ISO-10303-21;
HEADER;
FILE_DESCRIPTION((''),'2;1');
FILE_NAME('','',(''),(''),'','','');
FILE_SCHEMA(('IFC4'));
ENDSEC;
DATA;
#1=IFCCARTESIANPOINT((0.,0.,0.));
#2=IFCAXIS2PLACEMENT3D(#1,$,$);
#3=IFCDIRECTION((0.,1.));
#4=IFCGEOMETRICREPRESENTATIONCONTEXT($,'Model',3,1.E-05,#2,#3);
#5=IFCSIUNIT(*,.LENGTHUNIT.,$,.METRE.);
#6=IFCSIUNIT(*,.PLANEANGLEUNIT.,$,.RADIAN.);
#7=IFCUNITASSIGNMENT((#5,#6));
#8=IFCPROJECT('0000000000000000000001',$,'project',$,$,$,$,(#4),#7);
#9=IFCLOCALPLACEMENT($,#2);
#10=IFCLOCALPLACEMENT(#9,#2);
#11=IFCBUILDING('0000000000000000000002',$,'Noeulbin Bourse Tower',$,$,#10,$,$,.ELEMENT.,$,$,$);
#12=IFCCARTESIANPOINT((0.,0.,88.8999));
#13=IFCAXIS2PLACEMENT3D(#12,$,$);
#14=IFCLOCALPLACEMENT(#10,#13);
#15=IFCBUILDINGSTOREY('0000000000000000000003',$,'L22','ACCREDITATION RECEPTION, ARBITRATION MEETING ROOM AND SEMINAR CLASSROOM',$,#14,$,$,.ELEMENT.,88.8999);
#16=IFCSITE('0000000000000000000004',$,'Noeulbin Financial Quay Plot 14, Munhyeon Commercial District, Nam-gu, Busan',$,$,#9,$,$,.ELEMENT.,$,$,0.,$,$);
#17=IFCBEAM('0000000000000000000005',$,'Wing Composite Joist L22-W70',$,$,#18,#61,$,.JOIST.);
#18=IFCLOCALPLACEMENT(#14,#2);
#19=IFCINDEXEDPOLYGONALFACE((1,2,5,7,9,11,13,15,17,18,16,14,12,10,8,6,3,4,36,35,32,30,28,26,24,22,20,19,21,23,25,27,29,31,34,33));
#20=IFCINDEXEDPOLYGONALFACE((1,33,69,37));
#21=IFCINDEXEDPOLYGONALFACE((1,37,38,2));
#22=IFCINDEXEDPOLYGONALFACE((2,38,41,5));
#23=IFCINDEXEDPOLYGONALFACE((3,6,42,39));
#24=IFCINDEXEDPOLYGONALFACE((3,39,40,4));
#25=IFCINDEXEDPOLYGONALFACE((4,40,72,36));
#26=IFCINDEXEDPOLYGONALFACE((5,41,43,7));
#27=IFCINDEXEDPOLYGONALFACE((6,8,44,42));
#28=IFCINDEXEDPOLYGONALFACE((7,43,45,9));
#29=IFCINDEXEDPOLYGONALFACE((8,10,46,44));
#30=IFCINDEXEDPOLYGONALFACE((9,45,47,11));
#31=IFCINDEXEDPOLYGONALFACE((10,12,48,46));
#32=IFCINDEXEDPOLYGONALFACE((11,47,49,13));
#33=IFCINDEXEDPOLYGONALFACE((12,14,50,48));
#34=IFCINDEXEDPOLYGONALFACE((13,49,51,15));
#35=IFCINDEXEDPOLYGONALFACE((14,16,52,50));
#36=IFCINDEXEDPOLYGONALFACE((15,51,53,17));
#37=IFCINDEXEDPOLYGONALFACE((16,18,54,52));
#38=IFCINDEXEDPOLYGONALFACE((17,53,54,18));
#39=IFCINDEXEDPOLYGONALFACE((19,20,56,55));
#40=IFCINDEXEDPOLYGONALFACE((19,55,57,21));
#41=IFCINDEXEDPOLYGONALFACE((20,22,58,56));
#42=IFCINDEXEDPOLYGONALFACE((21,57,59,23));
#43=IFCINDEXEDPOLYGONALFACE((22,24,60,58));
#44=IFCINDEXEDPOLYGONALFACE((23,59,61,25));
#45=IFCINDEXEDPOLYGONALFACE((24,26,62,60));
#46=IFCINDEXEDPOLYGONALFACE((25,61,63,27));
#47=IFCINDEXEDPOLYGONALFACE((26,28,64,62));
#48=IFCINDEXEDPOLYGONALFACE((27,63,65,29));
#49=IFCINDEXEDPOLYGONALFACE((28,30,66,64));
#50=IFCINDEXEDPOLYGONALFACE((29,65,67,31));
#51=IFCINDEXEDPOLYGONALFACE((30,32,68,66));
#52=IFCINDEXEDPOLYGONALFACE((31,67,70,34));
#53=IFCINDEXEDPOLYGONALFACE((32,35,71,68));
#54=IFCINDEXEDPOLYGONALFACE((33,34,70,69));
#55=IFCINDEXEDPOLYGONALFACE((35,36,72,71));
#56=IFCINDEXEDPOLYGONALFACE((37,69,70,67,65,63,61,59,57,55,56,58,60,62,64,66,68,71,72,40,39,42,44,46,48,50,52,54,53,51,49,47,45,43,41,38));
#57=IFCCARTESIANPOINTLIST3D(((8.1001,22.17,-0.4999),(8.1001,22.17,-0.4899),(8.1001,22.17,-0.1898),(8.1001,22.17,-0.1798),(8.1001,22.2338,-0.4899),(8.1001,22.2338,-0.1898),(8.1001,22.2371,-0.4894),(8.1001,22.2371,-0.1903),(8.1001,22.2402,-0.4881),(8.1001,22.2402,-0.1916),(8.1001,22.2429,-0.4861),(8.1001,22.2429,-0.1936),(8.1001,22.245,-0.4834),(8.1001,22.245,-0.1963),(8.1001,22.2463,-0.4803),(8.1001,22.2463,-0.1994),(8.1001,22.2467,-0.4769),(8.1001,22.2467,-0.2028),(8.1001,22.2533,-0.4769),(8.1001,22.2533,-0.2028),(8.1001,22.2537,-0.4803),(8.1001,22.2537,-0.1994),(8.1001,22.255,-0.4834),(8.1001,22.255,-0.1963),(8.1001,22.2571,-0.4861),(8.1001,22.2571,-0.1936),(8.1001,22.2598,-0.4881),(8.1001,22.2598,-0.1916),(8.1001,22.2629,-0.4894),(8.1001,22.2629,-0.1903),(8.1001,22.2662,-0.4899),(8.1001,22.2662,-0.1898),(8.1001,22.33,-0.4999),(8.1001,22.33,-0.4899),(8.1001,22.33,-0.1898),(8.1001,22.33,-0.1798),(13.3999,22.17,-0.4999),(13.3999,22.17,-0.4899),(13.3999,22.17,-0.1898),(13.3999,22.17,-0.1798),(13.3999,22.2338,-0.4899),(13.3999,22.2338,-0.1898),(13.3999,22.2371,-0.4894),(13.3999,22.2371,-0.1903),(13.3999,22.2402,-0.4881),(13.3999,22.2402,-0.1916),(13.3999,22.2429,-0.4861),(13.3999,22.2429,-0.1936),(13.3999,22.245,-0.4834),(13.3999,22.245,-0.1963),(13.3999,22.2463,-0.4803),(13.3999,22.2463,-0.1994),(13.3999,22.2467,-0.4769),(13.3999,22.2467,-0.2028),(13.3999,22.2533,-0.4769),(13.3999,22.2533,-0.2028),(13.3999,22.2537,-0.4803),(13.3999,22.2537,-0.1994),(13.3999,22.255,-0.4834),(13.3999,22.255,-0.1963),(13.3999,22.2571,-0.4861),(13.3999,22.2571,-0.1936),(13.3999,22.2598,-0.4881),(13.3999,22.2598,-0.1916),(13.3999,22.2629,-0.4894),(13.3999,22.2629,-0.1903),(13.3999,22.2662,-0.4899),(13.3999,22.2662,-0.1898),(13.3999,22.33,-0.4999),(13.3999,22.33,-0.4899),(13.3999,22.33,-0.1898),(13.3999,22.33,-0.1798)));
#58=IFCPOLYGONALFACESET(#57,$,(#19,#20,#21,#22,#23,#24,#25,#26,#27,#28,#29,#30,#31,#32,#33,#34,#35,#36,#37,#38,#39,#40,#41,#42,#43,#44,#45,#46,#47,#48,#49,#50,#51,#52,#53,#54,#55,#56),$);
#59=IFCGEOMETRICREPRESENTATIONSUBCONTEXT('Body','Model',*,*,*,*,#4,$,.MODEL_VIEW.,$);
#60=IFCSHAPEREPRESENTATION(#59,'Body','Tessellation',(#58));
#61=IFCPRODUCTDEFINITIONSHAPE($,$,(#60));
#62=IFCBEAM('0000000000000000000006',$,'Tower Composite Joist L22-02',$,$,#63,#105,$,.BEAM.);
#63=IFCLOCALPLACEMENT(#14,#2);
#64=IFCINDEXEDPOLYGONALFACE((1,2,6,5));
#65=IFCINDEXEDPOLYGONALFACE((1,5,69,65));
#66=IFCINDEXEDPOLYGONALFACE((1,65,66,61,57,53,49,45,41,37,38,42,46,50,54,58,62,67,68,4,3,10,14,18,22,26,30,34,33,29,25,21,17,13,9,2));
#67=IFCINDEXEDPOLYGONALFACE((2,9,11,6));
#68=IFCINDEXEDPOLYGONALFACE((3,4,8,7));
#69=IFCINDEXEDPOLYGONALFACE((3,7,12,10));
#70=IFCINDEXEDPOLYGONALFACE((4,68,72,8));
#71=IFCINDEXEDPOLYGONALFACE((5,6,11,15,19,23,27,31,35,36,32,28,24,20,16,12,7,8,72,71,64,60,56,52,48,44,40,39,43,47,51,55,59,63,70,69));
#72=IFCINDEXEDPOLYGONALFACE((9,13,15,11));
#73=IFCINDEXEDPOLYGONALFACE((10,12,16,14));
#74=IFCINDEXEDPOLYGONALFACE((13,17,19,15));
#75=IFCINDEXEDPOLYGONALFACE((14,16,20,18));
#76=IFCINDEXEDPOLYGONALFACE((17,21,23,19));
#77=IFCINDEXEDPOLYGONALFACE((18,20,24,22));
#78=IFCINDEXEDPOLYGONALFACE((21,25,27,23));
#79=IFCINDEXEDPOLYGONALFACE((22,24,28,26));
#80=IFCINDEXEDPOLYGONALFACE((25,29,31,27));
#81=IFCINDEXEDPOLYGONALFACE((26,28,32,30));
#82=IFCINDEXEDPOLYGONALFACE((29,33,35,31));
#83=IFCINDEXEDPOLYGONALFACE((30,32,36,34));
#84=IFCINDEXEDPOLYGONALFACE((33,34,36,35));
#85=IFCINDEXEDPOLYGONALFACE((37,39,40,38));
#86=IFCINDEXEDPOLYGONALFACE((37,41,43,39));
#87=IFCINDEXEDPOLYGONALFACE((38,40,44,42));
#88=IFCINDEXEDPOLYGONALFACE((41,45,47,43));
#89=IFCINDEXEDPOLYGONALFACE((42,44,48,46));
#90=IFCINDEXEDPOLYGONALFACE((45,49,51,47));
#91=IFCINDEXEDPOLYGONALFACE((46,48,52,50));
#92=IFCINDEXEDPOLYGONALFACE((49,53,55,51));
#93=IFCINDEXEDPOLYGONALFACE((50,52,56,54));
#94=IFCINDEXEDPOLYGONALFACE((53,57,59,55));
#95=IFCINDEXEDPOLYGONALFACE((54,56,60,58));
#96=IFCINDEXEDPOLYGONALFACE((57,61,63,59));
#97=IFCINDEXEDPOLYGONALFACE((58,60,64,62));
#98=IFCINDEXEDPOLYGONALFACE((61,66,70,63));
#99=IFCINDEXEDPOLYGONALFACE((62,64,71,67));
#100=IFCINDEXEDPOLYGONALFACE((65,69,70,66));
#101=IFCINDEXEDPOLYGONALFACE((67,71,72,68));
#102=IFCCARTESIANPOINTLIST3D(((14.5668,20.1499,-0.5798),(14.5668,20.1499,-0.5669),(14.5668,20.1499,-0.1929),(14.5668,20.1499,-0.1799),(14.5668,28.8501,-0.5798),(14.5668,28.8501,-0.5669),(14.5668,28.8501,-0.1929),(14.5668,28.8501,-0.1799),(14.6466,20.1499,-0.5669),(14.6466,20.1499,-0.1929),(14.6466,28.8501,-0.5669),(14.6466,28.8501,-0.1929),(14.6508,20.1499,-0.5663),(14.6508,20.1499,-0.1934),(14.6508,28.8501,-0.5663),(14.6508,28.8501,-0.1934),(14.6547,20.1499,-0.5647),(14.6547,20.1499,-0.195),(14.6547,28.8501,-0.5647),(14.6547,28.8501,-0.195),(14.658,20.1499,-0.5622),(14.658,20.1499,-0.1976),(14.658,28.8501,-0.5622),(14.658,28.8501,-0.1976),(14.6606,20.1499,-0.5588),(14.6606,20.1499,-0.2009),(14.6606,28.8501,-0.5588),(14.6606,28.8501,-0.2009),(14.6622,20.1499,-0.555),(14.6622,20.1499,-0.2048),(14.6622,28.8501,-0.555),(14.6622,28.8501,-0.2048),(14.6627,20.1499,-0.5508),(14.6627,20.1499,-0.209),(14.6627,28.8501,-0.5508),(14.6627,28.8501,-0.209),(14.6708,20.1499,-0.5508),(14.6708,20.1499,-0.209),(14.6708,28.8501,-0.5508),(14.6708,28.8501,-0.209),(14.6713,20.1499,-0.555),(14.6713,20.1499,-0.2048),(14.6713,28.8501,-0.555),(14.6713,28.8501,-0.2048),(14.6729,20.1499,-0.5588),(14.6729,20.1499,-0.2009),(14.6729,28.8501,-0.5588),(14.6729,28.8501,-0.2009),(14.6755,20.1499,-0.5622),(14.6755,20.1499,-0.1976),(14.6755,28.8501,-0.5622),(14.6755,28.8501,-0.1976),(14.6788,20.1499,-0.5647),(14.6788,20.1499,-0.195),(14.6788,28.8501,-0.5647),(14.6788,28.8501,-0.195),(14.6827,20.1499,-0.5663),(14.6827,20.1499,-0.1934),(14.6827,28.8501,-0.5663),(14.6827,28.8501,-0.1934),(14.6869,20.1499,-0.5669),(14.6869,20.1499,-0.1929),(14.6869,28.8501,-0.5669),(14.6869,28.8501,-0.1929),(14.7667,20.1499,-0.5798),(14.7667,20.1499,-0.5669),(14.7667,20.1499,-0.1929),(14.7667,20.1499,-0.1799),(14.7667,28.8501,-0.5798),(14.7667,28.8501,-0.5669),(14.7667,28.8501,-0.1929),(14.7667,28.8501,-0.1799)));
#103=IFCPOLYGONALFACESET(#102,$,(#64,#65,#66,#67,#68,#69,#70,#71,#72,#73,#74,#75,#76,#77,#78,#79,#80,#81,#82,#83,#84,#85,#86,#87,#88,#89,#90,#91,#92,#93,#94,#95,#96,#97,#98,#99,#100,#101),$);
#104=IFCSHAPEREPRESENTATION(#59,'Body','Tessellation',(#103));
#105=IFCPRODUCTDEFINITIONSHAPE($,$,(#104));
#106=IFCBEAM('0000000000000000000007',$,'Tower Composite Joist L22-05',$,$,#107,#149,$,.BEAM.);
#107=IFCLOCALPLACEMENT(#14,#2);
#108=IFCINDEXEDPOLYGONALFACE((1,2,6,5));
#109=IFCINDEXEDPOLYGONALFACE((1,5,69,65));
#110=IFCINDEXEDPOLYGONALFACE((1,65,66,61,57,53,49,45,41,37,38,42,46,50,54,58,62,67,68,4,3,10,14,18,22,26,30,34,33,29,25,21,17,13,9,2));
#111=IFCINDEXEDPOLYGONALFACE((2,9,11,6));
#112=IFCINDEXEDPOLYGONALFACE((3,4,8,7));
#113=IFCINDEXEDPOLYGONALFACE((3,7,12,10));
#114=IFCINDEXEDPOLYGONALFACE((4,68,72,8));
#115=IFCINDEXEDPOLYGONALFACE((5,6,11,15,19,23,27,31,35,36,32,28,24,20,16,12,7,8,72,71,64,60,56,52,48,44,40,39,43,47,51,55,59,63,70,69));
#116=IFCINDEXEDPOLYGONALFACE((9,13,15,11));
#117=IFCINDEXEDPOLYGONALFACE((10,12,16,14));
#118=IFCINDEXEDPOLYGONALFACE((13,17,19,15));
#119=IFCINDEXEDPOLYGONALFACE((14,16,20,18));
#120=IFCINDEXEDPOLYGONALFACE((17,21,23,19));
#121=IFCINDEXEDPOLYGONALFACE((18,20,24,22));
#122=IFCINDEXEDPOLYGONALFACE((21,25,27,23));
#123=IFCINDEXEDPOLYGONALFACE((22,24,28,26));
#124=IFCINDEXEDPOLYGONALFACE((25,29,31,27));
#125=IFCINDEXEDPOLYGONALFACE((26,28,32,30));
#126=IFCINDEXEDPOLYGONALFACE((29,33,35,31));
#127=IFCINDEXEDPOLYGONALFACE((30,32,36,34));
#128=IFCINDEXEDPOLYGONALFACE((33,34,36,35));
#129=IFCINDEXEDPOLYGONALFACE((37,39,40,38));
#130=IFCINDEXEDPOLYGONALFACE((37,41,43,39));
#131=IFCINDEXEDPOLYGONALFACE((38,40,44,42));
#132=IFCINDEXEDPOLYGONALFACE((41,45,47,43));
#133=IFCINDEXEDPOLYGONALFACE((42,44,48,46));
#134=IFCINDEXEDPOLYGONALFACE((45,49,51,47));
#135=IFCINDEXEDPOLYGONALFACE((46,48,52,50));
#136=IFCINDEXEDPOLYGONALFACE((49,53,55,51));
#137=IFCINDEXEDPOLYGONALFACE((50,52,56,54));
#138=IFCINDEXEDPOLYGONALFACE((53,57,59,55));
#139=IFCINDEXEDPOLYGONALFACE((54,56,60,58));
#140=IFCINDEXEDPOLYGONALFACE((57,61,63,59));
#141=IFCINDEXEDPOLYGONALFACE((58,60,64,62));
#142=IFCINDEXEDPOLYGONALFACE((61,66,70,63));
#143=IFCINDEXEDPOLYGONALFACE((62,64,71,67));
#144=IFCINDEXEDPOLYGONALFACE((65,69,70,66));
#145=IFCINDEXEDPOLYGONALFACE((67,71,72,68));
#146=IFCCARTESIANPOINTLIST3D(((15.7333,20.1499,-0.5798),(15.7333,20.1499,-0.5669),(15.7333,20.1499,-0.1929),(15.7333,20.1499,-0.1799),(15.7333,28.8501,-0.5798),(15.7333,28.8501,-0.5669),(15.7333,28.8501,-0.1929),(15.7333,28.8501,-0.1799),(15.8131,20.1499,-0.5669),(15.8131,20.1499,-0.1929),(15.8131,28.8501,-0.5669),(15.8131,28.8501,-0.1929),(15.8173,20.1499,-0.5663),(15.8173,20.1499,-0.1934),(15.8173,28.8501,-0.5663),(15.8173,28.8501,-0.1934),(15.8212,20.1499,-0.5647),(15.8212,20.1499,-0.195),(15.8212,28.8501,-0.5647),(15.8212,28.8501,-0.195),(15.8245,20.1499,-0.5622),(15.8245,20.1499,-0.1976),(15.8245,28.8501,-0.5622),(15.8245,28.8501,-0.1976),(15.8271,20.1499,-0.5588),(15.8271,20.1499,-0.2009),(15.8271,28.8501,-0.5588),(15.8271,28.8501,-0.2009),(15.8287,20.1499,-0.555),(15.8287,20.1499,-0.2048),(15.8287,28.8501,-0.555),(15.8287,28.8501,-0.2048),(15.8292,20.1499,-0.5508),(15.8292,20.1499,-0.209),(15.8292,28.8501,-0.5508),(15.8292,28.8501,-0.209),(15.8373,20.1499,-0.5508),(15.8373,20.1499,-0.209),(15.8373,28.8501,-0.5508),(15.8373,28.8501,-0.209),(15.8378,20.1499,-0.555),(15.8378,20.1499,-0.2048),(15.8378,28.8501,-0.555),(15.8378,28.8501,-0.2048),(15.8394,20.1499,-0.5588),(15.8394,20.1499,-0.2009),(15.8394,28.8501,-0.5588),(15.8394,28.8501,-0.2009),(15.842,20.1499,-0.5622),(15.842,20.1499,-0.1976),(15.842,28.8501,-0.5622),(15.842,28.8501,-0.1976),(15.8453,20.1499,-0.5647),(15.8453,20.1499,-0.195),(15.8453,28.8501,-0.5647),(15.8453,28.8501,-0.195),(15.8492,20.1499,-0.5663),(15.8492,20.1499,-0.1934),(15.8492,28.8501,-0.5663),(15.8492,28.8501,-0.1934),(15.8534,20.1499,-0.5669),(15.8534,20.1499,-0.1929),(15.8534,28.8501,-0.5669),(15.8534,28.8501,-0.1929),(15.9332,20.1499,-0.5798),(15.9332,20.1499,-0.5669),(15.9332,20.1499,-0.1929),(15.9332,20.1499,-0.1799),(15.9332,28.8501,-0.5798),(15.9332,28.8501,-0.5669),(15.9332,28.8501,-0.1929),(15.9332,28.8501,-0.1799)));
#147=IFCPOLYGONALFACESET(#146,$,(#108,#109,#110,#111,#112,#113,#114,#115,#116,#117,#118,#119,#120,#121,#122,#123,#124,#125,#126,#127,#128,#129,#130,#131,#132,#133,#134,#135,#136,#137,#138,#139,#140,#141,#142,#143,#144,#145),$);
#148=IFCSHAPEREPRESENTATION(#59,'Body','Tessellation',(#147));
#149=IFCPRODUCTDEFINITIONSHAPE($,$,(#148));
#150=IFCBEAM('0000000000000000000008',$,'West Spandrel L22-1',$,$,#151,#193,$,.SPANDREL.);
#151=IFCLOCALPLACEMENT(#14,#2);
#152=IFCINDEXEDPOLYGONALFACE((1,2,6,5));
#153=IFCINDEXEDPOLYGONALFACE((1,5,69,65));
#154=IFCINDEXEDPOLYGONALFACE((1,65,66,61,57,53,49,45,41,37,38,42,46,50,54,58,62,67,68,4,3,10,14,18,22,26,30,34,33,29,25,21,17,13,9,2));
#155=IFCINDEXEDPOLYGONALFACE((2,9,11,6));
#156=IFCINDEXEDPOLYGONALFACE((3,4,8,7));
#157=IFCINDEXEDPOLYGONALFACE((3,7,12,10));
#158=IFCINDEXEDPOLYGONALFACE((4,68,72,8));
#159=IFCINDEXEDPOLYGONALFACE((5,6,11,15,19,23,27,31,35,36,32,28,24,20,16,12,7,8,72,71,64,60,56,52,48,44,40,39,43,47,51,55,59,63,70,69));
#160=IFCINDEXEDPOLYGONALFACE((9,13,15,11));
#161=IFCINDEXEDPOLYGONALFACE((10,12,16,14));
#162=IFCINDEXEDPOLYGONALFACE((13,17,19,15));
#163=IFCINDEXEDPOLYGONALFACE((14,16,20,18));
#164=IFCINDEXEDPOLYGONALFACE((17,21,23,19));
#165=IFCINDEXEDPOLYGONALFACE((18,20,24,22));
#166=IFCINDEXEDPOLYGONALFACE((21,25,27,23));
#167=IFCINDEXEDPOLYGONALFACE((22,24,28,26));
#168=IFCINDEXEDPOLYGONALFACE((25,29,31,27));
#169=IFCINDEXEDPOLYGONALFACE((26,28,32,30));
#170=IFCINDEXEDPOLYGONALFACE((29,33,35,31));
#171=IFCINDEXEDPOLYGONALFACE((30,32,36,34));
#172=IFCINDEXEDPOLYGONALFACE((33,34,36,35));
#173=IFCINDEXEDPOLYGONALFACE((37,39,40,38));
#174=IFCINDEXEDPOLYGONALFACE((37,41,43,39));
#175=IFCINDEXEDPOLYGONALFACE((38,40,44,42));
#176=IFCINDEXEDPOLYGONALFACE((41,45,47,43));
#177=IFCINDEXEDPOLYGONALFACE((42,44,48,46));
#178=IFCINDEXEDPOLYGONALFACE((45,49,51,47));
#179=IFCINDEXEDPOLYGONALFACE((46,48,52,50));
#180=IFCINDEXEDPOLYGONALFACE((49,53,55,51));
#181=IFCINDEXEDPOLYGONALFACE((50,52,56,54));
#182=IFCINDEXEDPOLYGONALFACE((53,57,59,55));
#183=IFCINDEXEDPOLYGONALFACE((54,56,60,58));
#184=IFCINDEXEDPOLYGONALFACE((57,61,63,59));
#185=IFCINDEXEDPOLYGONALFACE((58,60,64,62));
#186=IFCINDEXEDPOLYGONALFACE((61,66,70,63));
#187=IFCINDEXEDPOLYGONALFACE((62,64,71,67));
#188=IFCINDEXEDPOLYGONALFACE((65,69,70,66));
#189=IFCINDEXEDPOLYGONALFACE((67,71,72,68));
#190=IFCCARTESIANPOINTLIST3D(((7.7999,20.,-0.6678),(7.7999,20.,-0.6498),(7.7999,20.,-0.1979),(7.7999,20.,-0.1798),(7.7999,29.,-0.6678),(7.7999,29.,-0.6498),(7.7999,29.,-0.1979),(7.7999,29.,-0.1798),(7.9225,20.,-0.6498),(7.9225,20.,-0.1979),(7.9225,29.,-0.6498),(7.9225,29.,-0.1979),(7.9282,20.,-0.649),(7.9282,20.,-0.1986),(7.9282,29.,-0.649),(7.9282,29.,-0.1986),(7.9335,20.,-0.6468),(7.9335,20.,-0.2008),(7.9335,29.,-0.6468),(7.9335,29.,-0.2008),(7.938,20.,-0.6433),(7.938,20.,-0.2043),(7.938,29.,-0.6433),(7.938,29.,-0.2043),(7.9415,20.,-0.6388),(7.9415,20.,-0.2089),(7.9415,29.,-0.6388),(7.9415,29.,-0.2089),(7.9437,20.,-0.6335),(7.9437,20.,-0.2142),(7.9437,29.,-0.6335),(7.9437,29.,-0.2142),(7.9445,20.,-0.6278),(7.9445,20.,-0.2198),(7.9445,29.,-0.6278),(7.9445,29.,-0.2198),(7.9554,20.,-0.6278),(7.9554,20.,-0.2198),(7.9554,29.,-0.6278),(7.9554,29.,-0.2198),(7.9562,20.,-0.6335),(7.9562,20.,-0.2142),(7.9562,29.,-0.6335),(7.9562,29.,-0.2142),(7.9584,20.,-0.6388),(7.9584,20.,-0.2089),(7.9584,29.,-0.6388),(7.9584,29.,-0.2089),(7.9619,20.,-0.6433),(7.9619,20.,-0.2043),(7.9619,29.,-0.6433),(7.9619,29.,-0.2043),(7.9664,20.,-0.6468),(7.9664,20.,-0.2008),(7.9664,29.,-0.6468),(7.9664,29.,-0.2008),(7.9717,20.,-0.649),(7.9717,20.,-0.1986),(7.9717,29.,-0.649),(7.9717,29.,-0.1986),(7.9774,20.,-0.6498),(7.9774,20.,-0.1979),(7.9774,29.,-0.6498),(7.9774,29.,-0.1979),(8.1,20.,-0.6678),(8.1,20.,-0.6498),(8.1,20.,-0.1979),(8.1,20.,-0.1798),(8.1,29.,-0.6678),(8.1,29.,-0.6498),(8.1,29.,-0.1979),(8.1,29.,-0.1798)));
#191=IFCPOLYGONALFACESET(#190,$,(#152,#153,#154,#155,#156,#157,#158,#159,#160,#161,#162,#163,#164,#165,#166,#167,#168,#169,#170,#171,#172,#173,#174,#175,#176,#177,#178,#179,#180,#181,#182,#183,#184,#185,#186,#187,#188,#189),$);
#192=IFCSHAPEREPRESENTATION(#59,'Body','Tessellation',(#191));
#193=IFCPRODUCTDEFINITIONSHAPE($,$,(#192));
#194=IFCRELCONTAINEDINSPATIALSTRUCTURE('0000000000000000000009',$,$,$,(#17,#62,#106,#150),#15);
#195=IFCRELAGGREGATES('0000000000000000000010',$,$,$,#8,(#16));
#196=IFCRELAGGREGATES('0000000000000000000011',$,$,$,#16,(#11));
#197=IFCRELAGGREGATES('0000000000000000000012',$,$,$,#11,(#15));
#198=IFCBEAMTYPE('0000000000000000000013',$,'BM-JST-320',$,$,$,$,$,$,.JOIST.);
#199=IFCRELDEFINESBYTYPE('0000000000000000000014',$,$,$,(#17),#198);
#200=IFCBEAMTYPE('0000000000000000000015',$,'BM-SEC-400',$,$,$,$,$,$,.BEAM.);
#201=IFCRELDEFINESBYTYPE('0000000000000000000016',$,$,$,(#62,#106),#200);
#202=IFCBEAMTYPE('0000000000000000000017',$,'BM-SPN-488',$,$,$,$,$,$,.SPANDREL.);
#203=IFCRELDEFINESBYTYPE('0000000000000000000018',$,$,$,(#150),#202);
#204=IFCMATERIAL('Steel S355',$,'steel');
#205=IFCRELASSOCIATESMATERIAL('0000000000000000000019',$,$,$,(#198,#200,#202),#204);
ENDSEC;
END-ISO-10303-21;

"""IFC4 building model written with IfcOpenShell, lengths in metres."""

from ifc_helpers import new_model, si_unit, direction, frame, origin, origin_2d, place, context, subcontext, project, spatial, i_section, extrude, material, material_profile, profile_set, type_object, element, save


model = new_model("IFC4")

# Units and contexts
model_context = context("Model", 3, precision=1e-05, world=origin(), true_north=direction((0.0, 1.0)))
body_context = subcontext(model_context, "Body", "Model", "MODEL_VIEW")
ifc_project = project(units=[si_unit("LENGTHUNIT", "METRE"), si_unit("PLANEANGLEUNIT", "RADIAN")], contexts=[model_context])

# Site, building, storey
site_placement = place(None, origin())
site = spatial("IfcSite", under=ifc_project, at=site_placement, Name="Noeulbin Financial Quay Plot 14, Munhyeon Commercial District, Nam-gu, Busan", CompositionType="ELEMENT", RefElevation=0.0)
building_placement = place(site_placement, origin())
building = spatial("IfcBuilding", under=site, at=building_placement, Name="Noeulbin Bourse Tower", CompositionType="ELEMENT")
storey_placement = place(building_placement, frame((0.0, 0.0, 88.8999)))
storey = spatial("IfcBuildingStorey", under=building, at=storey_placement, Name="L22", Description="ACCREDITATION RECEPTION, ARBITRATION MEETING ROOM AND SEMINAR CLASSROOM", CompositionType="ELEMENT", Elevation=88.8999)

# Beams
ifc_material_1 = material(Name="Steel S355", Category="steel")
ifc_material_profile_1 = material_profile(ifc_material_1, i_section(OverallWidth=0.1599, OverallDepth=0.3201, WebThickness=0.0066, FlangeThickness=0.01, FilletRadius=0.0129, at=origin_2d()), Name="H-320x160x6.5x10", Category="LoadBearing")
ifc_profile_set_1 = profile_set([ifc_material_profile_1], Name="Steel S355")
beam_type_1 = type_object("IfcBeamType", Name="BM-JST-320", PredefinedType="JOIST", material=ifc_profile_set_1)
beam_1_placement = place(storey_placement, frame((8.1001, 22.25, -0.3398), z_axis=(1.0, 0.0, 0.0), x_axis=(0.0, 1.0, 0.0)))
element("IfcBeam", 1, at=beam_1_placement, inside=storey, type_object=beam_type_1, Name="Wing Composite Joist L22-W70", PredefinedType="JOIST", context=body_context, shape_type="SweptSolid", body=[
    extrude(i_section(OverallWidth=0.1599, OverallDepth=0.3201, WebThickness=0.0066, FlangeThickness=0.01, FilletRadius=0.0129, at=origin_2d()), origin(), (0.0, 0.0, 1.0), 5.2998),
])
ifc_material_profile_2 = material_profile(ifc_material_1, i_section(OverallWidth=0.2, OverallDepth=0.3999, WebThickness=0.0081, FlangeThickness=0.0129, FilletRadius=0.0161, at=origin_2d()), Name="H-400x200x8x13", Category="LoadBearing")
ifc_profile_set_2 = profile_set([ifc_material_profile_2], Name="Steel S355")
beam_type_2 = type_object("IfcBeamType", Name="BM-SEC-400", PredefinedType="BEAM", material=ifc_profile_set_2)
for number, where, z_axis, x_axis, name in (
    (2, (14.6667, 20.1499, -0.3799), (0.0, 1.0, 0.0), (-1.0, 0.0, 0.0), "Tower Composite Joist L22-02"),
    (3, (15.8333, 20.1499, -0.3799), (0.0, 1.0, 0.0), (-1.0, 0.0, 0.0), "Tower Composite Joist L22-05"),
):
    element("IfcBeam", number, at=place(storey_placement, frame(where, z_axis=z_axis, x_axis=x_axis)), inside=storey, type_object=beam_type_2, Name=name, PredefinedType="BEAM", context=body_context, shape_type="SweptSolid", body=[
        extrude(i_section(OverallWidth=0.2, OverallDepth=0.3999, WebThickness=0.0081, FlangeThickness=0.0129, FilletRadius=0.0161, at=origin_2d()), origin(), (0.0, 0.0, 1.0), 8.7002),
    ])
ifc_material_profile_3 = material_profile(ifc_material_1, i_section(OverallWidth=0.3, OverallDepth=0.488, WebThickness=0.011, FlangeThickness=0.0181, FilletRadius=0.022, at=origin_2d()), Name="H-488x300x11x18", Category="LoadBearing")
ifc_profile_set_3 = profile_set([ifc_material_profile_3], Name="Steel S355")
beam_type_3 = type_object("IfcBeamType", Name="BM-SPN-488", PredefinedType="SPANDREL", material=ifc_profile_set_3)
beam_2_placement = place(storey_placement, frame((7.95, 20.0, -0.4238), z_axis=(0.0, 1.0, 0.0), x_axis=(-1.0, 0.0, 0.0)))
element("IfcBeam", 4, at=beam_2_placement, inside=storey, type_object=beam_type_3, Name="West Spandrel L22-1", PredefinedType="SPANDREL", context=body_context, shape_type="SweptSolid", body=[
    extrude(i_section(OverallWidth=0.3, OverallDepth=0.488, WebThickness=0.011, FlangeThickness=0.0181, FilletRadius=0.022, at=origin_2d()), origin(), (0.0, 0.0, 1.0), 9.0),
])

save(model, "model.ifc")
